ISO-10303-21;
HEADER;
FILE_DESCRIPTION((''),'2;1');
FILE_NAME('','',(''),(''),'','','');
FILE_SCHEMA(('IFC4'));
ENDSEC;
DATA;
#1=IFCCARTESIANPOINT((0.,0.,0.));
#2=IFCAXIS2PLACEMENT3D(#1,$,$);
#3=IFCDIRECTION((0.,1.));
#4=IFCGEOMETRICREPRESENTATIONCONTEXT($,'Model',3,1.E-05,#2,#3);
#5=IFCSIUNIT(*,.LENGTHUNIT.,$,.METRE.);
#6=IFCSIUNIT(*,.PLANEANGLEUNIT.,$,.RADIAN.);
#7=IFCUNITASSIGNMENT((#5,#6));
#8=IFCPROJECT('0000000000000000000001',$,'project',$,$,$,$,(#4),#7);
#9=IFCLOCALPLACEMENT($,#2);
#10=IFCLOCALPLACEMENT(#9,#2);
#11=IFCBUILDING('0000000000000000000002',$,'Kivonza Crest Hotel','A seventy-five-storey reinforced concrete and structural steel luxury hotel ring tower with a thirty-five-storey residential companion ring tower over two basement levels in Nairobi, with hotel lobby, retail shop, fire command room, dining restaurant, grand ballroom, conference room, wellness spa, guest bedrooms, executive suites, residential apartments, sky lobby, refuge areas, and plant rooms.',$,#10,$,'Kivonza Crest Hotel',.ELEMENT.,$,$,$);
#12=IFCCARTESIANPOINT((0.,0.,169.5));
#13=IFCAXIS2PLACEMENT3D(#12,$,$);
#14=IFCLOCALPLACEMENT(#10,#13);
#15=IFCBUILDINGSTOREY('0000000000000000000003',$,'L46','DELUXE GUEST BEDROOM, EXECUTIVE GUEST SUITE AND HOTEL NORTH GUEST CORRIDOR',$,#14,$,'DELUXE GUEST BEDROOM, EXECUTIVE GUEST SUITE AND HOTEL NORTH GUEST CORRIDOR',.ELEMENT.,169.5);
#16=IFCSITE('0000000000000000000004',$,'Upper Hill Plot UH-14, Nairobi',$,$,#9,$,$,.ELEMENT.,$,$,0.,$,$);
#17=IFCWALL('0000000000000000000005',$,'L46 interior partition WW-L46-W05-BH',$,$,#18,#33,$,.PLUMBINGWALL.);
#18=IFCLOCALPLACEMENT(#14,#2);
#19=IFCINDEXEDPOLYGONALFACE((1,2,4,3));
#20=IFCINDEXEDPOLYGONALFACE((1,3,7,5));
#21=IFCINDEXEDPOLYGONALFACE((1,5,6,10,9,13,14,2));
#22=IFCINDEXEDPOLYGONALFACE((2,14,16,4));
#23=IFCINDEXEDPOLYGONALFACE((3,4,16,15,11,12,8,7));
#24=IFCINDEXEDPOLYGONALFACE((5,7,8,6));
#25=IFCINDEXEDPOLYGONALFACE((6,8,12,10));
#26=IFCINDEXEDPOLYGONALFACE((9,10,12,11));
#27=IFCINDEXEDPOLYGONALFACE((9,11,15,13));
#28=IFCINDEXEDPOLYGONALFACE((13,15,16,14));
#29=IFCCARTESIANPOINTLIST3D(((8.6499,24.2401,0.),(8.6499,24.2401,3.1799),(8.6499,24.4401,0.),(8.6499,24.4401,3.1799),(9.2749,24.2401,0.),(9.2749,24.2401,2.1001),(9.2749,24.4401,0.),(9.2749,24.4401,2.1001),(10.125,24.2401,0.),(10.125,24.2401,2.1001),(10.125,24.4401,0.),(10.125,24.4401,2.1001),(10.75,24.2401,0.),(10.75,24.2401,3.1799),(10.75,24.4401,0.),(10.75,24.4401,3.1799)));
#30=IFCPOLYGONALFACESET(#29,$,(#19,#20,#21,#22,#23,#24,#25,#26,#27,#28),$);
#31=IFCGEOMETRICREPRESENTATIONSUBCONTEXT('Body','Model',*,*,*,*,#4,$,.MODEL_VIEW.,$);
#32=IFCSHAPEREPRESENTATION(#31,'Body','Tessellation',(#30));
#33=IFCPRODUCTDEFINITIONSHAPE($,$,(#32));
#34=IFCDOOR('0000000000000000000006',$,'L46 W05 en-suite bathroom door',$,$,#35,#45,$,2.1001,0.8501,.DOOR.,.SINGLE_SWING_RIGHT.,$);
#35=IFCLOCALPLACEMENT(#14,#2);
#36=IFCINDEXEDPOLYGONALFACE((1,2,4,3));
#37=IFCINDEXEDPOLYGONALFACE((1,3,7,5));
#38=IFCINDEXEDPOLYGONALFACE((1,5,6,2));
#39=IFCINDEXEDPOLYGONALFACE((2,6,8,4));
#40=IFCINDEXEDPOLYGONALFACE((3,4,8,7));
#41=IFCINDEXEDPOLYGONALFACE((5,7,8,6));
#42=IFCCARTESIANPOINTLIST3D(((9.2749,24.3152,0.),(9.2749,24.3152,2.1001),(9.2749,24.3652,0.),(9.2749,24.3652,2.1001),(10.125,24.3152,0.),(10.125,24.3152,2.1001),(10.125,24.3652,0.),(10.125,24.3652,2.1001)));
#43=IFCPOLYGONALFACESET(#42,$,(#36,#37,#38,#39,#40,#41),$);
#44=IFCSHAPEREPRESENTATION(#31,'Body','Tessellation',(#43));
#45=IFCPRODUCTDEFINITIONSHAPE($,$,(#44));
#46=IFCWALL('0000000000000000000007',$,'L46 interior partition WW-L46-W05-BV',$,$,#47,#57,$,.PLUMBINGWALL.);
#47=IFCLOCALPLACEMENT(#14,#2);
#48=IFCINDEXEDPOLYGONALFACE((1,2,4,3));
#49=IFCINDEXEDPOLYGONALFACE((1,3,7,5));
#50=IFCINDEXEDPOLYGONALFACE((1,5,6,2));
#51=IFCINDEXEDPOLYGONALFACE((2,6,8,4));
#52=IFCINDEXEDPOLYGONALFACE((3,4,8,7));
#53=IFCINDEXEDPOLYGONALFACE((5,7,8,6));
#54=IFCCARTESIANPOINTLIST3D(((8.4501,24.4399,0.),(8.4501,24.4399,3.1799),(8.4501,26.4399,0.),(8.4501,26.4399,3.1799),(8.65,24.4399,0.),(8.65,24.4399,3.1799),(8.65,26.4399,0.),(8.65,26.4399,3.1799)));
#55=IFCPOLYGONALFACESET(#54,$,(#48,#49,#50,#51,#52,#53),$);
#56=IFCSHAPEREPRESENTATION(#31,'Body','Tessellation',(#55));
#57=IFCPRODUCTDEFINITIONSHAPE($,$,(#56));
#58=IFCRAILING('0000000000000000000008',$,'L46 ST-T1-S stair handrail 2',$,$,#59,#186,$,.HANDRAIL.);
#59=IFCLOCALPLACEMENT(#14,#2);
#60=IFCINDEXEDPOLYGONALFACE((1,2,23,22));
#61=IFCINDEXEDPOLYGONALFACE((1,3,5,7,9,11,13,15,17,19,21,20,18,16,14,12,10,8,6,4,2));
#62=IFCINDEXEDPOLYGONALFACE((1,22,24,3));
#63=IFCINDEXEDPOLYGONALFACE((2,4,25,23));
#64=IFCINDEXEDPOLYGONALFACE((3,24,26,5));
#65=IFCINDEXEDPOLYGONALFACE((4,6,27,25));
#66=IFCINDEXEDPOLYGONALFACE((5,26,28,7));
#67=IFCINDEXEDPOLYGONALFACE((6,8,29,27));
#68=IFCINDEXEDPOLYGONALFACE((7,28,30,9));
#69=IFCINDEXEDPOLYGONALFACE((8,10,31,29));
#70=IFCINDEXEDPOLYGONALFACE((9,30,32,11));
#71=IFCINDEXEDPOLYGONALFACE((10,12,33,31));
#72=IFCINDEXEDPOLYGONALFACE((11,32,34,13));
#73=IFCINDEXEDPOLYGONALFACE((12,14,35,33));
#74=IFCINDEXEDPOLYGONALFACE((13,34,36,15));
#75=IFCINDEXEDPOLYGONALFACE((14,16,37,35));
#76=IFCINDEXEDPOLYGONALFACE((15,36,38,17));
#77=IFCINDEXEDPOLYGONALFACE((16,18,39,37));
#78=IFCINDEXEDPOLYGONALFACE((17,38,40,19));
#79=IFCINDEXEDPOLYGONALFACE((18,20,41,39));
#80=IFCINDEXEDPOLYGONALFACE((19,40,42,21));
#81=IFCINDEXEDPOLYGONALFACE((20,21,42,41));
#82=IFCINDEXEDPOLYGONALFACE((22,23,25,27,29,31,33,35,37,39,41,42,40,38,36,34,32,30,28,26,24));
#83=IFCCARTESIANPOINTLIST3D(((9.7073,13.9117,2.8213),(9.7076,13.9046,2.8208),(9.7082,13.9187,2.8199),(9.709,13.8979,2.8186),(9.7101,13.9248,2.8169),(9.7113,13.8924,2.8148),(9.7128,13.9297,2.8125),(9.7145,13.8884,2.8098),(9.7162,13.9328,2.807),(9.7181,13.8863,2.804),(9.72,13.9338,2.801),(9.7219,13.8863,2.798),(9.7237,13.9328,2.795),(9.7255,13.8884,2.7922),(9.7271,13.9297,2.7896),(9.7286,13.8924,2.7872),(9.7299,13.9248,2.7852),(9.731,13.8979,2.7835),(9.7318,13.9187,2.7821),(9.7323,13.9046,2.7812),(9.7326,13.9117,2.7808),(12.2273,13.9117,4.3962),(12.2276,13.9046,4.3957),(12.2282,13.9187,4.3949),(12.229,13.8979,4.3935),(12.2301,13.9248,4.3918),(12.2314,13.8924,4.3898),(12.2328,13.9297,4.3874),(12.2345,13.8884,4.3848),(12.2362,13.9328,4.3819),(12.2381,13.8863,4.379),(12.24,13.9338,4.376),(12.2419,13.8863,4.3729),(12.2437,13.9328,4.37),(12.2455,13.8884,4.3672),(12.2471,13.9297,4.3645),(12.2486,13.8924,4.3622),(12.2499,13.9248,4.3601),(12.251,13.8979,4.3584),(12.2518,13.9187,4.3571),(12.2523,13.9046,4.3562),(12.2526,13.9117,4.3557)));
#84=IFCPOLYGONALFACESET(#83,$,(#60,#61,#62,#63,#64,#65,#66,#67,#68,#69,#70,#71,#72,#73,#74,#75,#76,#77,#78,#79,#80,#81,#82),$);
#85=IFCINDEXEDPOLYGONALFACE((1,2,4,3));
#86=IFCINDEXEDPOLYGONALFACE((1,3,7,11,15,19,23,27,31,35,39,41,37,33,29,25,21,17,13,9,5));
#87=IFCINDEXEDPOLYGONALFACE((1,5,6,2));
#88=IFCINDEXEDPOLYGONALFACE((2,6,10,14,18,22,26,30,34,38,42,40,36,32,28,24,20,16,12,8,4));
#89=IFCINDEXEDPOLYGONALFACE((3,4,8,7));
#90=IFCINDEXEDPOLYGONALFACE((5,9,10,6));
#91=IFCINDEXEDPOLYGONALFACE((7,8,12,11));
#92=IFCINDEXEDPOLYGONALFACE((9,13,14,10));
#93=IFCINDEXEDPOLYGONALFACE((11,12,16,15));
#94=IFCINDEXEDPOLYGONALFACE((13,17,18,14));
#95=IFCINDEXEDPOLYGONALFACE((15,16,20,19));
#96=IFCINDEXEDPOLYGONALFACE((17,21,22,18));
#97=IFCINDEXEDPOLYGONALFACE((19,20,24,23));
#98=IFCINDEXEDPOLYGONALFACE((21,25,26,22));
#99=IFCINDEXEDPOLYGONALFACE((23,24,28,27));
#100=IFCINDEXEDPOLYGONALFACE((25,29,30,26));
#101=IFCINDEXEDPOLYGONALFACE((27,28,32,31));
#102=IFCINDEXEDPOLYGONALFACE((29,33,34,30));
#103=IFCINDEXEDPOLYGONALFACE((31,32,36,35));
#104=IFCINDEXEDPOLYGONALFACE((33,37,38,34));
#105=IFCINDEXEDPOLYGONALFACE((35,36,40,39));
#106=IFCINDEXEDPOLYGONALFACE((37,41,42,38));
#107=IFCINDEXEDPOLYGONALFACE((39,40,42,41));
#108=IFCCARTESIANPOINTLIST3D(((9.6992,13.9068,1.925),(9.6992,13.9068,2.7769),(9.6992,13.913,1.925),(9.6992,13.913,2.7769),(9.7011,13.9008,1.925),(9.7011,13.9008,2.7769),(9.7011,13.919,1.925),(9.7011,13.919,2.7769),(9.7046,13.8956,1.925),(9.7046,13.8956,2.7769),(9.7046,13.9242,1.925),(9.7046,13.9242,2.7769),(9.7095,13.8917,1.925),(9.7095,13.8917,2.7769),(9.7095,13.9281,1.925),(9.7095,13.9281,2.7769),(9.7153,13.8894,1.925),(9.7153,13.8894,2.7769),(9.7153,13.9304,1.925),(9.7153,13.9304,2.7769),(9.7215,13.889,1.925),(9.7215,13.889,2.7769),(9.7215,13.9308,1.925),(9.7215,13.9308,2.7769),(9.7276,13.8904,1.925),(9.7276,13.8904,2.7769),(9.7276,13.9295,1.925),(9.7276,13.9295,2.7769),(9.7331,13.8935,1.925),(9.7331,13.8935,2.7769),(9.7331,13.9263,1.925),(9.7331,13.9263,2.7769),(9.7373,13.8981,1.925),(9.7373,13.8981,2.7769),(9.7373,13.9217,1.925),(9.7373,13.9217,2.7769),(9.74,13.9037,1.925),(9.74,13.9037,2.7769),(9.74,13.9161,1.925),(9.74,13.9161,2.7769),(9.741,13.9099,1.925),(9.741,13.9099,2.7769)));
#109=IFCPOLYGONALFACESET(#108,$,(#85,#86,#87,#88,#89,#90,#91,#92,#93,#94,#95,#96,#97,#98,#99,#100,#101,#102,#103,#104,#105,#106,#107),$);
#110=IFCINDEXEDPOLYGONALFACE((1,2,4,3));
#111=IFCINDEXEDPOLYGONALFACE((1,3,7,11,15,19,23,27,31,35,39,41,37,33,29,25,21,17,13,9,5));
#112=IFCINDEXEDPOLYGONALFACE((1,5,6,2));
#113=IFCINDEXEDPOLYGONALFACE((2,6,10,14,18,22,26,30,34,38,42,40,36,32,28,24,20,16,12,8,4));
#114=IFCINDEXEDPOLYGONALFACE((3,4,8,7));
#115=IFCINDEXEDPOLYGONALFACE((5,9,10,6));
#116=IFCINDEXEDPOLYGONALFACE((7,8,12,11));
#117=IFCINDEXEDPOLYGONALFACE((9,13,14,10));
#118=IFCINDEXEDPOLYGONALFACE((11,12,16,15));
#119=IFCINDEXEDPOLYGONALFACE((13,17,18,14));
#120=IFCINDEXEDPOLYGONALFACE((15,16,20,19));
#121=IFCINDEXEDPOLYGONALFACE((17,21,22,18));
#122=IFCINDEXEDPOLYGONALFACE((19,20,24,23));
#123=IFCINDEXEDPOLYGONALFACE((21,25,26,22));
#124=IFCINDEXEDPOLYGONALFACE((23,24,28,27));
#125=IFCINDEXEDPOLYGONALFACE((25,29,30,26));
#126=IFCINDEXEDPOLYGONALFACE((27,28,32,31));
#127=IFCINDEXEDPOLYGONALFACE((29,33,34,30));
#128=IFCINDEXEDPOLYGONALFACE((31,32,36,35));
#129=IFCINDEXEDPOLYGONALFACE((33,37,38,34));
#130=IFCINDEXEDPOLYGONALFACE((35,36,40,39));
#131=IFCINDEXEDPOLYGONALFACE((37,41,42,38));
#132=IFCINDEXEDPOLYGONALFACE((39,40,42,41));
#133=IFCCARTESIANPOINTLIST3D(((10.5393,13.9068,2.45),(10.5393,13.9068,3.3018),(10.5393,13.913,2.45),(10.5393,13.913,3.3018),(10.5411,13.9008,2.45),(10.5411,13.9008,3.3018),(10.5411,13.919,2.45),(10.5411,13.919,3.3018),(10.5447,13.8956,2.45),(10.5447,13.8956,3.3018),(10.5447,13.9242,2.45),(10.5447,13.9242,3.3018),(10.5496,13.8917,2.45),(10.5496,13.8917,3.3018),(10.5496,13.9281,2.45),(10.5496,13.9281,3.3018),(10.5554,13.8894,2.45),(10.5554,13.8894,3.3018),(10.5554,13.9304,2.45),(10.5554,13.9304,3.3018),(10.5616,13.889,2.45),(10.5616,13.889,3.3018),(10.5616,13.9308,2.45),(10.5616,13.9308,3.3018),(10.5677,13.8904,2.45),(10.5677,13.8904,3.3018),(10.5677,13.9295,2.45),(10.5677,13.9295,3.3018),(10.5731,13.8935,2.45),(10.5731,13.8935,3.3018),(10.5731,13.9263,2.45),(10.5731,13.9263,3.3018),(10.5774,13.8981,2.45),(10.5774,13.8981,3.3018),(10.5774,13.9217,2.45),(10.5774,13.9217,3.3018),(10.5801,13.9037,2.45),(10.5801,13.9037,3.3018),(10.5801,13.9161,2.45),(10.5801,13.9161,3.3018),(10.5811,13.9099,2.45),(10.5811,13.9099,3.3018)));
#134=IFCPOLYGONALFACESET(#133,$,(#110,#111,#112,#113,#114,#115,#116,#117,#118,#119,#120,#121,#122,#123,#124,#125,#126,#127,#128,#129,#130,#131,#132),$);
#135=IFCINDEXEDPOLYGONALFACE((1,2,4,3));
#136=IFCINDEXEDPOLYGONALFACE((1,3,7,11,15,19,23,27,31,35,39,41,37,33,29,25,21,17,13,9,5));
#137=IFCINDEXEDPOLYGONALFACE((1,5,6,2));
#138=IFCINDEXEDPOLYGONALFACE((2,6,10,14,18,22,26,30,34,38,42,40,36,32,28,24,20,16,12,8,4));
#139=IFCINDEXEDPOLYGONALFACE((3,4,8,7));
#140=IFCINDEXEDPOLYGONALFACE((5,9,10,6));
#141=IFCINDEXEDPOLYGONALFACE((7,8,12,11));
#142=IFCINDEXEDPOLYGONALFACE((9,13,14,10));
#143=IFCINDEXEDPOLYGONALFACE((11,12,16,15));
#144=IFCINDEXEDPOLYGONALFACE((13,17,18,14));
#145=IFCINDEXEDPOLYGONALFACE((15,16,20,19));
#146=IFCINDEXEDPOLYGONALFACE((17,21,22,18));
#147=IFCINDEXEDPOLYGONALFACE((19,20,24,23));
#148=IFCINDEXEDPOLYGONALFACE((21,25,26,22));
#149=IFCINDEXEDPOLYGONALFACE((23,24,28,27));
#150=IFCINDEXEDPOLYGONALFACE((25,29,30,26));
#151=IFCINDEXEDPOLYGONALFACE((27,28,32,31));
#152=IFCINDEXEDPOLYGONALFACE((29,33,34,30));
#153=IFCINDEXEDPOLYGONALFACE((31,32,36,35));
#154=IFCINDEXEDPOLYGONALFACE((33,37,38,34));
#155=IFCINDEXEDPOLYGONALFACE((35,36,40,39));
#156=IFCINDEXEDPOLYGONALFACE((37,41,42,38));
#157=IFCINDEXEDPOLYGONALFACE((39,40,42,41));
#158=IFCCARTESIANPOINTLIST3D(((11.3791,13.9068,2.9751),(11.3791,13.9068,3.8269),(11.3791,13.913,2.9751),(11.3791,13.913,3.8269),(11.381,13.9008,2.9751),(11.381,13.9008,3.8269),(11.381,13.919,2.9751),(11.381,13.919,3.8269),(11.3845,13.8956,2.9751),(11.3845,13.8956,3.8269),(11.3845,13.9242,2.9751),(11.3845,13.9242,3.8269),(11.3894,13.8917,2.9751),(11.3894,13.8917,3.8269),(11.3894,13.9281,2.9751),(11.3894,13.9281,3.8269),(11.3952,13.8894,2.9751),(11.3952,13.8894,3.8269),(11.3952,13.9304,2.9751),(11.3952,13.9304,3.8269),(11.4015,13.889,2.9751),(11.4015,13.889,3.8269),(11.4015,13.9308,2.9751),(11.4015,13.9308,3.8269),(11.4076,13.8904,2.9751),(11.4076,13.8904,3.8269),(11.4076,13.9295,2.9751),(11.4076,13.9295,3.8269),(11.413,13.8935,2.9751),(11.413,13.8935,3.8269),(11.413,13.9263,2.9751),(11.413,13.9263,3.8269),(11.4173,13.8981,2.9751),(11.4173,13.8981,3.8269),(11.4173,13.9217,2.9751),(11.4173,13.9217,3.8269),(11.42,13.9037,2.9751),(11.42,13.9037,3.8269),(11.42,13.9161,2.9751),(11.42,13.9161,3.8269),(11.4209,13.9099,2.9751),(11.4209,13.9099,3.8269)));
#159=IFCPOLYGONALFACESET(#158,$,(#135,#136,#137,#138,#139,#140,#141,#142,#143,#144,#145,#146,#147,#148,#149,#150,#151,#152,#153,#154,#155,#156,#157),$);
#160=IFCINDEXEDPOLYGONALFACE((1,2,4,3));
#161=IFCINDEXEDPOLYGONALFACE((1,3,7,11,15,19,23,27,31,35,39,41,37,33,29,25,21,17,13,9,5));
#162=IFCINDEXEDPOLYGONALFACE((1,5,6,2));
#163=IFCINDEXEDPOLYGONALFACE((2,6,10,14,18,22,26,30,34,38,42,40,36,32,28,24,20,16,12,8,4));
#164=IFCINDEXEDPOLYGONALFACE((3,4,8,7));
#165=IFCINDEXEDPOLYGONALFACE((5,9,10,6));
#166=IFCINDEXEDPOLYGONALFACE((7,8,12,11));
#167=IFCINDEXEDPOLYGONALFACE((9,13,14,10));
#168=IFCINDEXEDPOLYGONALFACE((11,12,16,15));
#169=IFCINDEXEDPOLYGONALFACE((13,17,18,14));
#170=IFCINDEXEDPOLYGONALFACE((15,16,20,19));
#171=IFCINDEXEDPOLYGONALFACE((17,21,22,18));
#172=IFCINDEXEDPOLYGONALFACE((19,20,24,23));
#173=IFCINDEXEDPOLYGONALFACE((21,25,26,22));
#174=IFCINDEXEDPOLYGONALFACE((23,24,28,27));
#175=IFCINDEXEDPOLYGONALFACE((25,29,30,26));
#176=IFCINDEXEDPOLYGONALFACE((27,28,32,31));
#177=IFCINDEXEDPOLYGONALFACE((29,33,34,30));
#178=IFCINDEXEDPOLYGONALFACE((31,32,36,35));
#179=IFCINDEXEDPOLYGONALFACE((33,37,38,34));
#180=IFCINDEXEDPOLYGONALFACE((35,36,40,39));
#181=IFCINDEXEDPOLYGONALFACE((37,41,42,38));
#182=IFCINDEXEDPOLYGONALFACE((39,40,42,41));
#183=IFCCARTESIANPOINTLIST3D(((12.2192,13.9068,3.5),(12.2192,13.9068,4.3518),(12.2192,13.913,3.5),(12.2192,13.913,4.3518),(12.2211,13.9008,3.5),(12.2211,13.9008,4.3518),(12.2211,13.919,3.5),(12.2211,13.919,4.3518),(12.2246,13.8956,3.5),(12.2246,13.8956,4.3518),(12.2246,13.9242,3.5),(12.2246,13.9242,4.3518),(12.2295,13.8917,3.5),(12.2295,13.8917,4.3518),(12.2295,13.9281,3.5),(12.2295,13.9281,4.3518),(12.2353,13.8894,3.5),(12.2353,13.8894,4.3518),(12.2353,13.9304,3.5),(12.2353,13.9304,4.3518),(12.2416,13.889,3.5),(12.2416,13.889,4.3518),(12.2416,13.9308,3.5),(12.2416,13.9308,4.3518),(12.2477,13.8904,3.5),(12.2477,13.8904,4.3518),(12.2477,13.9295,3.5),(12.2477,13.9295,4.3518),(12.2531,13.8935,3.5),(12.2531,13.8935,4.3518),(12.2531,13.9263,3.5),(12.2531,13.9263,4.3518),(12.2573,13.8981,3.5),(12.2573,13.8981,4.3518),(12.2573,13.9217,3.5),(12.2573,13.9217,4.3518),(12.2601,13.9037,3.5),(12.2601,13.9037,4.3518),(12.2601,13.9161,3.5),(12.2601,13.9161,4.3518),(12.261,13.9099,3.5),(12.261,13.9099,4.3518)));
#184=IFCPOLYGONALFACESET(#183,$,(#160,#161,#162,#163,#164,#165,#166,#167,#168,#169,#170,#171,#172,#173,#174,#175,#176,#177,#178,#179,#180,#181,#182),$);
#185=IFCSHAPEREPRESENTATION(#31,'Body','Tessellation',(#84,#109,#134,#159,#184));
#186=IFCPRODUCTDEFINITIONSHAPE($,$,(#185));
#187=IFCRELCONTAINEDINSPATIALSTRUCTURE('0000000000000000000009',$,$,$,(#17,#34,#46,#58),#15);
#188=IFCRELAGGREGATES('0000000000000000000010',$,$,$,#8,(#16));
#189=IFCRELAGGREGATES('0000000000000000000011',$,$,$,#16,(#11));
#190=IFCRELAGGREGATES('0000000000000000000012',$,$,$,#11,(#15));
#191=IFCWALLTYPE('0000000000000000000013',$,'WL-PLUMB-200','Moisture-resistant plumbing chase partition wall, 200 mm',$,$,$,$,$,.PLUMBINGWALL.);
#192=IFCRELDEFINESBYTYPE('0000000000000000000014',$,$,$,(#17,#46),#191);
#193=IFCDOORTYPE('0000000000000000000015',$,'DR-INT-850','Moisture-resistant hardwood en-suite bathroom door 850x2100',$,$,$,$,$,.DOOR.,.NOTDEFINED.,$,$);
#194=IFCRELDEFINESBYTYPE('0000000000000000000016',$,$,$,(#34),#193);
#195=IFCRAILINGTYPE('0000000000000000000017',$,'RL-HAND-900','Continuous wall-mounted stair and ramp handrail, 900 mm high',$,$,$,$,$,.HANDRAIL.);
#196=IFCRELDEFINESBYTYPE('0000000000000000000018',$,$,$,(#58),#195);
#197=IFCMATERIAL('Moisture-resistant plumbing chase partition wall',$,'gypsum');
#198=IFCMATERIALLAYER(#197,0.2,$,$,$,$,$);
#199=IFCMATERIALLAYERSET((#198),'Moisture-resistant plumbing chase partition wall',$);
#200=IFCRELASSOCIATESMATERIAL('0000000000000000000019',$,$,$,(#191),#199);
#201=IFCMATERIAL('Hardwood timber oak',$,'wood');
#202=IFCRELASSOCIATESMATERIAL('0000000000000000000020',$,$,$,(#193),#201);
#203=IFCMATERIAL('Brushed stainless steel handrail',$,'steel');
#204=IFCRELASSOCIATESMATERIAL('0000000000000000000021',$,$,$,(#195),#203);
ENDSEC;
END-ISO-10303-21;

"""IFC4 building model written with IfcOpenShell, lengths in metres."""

from ifc_helpers import new_model, si_unit, direction, frame, frame_2d, origin, origin_2d, place, context, subcontext, project, spatial, rectangle, circle, extrude, material, layer, layer_set, type_object, element, fill, save


model = new_model("IFC4")

# Units and contexts
model_context = context("Model", 3, precision=1e-05, world=origin(), true_north=direction((0.0, 1.0)))
body_context = subcontext(model_context, "Body", "Model", "MODEL_VIEW")
ifc_project = project(units=[si_unit("LENGTHUNIT", "METRE"), si_unit("PLANEANGLEUNIT", "RADIAN")], contexts=[model_context])

# Site, building, storey
site_placement = place(None, origin())
site = spatial("IfcSite", under=ifc_project, at=site_placement, Name="Upper Hill Plot UH-14, Nairobi", CompositionType="ELEMENT", RefElevation=0.0)
building_placement = place(site_placement, origin())
building = spatial("IfcBuilding", under=site, at=building_placement, Name="Kivonza Crest Hotel", Description="A seventy-five-storey reinforced concrete and structural steel luxury hotel ring tower with a thirty-five-storey residential companion ring tower over two basement levels in Nairobi, with hotel lobby, retail shop, fire command room, dining restaurant, grand ballroom, conference room, wellness spa, guest bedrooms, executive suites, residential apartments, sky lobby, refuge areas, and plant rooms.", LongName="Kivonza Crest Hotel", CompositionType="ELEMENT")
storey_placement = place(building_placement, frame((0.0, 0.0, 169.5)))
storey = spatial("IfcBuildingStorey", under=building, at=storey_placement, Name="L46", Description="DELUXE GUEST BEDROOM, EXECUTIVE GUEST SUITE AND HOTEL NORTH GUEST CORRIDOR", LongName="DELUXE GUEST BEDROOM, EXECUTIVE GUEST SUITE AND HOTEL NORTH GUEST CORRIDOR", CompositionType="ELEMENT", Elevation=169.5)

# Shared definitions
ifc_material_1 = material(Name="Hardwood timber oak", Category="wood")

# Wall, opening, door
ifc_material_2 = material(Name="Moisture-resistant plumbing chase partition wall", Category="gypsum")
ifc_layer_1 = layer(ifc_material_2, 0.2)
ifc_layer_set_1 = layer_set([ifc_layer_1], Name="Moisture-resistant plumbing chase partition wall")
wall_type_1 = type_object("IfcWallType", Name="WL-PLUMB-200", Description="Moisture-resistant plumbing chase partition wall, 200 mm", PredefinedType="PLUMBINGWALL", material=ifc_layer_set_1)
wall_1_placement = place(storey_placement, frame((8.6499, 24.3401, 0.0), z_axis=(0.0, 0.0, 1.0), x_axis=(1.0, 0.0, 0.0)))
wall_1 = element("IfcWall", 1, at=wall_1_placement, inside=storey, type_object=wall_type_1, Name="L46 interior partition WW-L46-W05-BH", PredefinedType="PLUMBINGWALL", context=body_context, shape_type="SweptSolid", body=[
    extrude(rectangle(XDim=2.1001, YDim=0.2, at=frame_2d((1.05, 0.0))), origin(), (0.0, 0.0, 1.0), 3.1799),
])
opening_1_placement = place(wall_1_placement, frame((0.625, 0.0, 0.0)))
opening_1 = element("IfcOpeningElement", 2, at=opening_1_placement, cuts=wall_1, PredefinedType="OPENING", context=body_context, shape_type="SweptSolid", body=[
    extrude(rectangle(XDim=0.8501, YDim=2.1001, at=frame_2d((0.425, 1.05))), frame((0.0, 0.1099, 0.0), z_axis=(0.0, -1.0, 0.0), x_axis=(1.0, 0.0, 0.0)), (0.0, 0.0, 1.0), 0.22),
])
door_type_1 = type_object("IfcDoorType", Name="DR-INT-850", Description="Moisture-resistant hardwood en-suite bathroom door 850x2100", OperationType="NOTDEFINED", PredefinedType="DOOR", material=ifc_material_1)
door_1_placement = place(opening_1_placement, frame((0.8501, 0.0, 0.0), z_axis=(0.0, 0.0, 1.0), x_axis=(-1.0, 0.0, 0.0)))
door_1 = element("IfcDoor", 3, at=door_1_placement, inside=storey, type_object=door_type_1, Name="L46 W05 en-suite bathroom door", OperationType="SINGLE_SWING_RIGHT", OverallHeight=2.1001, OverallWidth=0.8501, PredefinedType="DOOR", context=body_context, shape_type="SweptSolid", body=[
    extrude(rectangle(XDim=0.8501, YDim=2.1001, at=frame_2d((0.425, 1.05))), frame((0.0, 0.0249, 0.0), z_axis=(0.0, -1.0, 0.0), x_axis=(1.0, 0.0, 0.0)), (0.0, 0.0, 1.0), 0.05),
])
fill(opening_1, door_1)

# Wall
wall_2_placement = place(storey_placement, frame((8.55, 24.4399, 0.0), z_axis=(0.0, 0.0, 1.0), x_axis=(0.0, 1.0, 0.0)))
element("IfcWall", 4, at=wall_2_placement, inside=storey, type_object=wall_type_1, Name="L46 interior partition WW-L46-W05-BV", PredefinedType="PLUMBINGWALL", context=body_context, shape_type="SweptSolid", body=[
    extrude(rectangle(XDim=2.0, YDim=0.2, at=frame_2d((1.0, 0.0))), origin(), (0.0, 0.0, 1.0), 3.1799),
])

# Railing
ifc_material_3 = material(Name="Brushed stainless steel handrail", Category="steel")
railing_type_1 = type_object("IfcRailingType", Name="RL-HAND-900", Description="Continuous wall-mounted stair and ramp handrail, 900 mm high", PredefinedType="HANDRAIL", material=ifc_material_3)
railing_1_placement = place(storey_placement, frame((9.72, 13.9099, 1.925)))
element("IfcRailing", 5, at=railing_1_placement, inside=storey, type_object=railing_type_1, Name="L46 ST-T1-S stair handrail 2", PredefinedType="HANDRAIL", context=body_context, shape_type="SweptSolid", body=[
    extrude(circle(Radius=0.0239, at=origin_2d()), frame((0.0, 0.0, 0.876), z_axis=(0.848008, 0.0, 0.529984), x_axis=(0.0, 1.0, 0.0)), (0.0, 0.0, 1.0), 2.9717),
    extrude(circle(Radius=0.021, at=origin_2d()), origin(), (0.0, 0.0, 1.0), 0.8518),
    extrude(circle(Radius=0.021, at=origin_2d()), frame((0.8401, 0.0, 0.5249)), (0.0, 0.0, 1.0), 0.8518),
    extrude(circle(Radius=0.021, at=origin_2d()), frame((1.6799, 0.0, 1.05)), (0.0, 0.0, 1.0), 0.8518),
    extrude(circle(Radius=0.021, at=origin_2d()), frame((2.52, 0.0, 1.575)), (0.0, 0.0, 1.0), 0.8518),
])

save(model, "model.ifc")
